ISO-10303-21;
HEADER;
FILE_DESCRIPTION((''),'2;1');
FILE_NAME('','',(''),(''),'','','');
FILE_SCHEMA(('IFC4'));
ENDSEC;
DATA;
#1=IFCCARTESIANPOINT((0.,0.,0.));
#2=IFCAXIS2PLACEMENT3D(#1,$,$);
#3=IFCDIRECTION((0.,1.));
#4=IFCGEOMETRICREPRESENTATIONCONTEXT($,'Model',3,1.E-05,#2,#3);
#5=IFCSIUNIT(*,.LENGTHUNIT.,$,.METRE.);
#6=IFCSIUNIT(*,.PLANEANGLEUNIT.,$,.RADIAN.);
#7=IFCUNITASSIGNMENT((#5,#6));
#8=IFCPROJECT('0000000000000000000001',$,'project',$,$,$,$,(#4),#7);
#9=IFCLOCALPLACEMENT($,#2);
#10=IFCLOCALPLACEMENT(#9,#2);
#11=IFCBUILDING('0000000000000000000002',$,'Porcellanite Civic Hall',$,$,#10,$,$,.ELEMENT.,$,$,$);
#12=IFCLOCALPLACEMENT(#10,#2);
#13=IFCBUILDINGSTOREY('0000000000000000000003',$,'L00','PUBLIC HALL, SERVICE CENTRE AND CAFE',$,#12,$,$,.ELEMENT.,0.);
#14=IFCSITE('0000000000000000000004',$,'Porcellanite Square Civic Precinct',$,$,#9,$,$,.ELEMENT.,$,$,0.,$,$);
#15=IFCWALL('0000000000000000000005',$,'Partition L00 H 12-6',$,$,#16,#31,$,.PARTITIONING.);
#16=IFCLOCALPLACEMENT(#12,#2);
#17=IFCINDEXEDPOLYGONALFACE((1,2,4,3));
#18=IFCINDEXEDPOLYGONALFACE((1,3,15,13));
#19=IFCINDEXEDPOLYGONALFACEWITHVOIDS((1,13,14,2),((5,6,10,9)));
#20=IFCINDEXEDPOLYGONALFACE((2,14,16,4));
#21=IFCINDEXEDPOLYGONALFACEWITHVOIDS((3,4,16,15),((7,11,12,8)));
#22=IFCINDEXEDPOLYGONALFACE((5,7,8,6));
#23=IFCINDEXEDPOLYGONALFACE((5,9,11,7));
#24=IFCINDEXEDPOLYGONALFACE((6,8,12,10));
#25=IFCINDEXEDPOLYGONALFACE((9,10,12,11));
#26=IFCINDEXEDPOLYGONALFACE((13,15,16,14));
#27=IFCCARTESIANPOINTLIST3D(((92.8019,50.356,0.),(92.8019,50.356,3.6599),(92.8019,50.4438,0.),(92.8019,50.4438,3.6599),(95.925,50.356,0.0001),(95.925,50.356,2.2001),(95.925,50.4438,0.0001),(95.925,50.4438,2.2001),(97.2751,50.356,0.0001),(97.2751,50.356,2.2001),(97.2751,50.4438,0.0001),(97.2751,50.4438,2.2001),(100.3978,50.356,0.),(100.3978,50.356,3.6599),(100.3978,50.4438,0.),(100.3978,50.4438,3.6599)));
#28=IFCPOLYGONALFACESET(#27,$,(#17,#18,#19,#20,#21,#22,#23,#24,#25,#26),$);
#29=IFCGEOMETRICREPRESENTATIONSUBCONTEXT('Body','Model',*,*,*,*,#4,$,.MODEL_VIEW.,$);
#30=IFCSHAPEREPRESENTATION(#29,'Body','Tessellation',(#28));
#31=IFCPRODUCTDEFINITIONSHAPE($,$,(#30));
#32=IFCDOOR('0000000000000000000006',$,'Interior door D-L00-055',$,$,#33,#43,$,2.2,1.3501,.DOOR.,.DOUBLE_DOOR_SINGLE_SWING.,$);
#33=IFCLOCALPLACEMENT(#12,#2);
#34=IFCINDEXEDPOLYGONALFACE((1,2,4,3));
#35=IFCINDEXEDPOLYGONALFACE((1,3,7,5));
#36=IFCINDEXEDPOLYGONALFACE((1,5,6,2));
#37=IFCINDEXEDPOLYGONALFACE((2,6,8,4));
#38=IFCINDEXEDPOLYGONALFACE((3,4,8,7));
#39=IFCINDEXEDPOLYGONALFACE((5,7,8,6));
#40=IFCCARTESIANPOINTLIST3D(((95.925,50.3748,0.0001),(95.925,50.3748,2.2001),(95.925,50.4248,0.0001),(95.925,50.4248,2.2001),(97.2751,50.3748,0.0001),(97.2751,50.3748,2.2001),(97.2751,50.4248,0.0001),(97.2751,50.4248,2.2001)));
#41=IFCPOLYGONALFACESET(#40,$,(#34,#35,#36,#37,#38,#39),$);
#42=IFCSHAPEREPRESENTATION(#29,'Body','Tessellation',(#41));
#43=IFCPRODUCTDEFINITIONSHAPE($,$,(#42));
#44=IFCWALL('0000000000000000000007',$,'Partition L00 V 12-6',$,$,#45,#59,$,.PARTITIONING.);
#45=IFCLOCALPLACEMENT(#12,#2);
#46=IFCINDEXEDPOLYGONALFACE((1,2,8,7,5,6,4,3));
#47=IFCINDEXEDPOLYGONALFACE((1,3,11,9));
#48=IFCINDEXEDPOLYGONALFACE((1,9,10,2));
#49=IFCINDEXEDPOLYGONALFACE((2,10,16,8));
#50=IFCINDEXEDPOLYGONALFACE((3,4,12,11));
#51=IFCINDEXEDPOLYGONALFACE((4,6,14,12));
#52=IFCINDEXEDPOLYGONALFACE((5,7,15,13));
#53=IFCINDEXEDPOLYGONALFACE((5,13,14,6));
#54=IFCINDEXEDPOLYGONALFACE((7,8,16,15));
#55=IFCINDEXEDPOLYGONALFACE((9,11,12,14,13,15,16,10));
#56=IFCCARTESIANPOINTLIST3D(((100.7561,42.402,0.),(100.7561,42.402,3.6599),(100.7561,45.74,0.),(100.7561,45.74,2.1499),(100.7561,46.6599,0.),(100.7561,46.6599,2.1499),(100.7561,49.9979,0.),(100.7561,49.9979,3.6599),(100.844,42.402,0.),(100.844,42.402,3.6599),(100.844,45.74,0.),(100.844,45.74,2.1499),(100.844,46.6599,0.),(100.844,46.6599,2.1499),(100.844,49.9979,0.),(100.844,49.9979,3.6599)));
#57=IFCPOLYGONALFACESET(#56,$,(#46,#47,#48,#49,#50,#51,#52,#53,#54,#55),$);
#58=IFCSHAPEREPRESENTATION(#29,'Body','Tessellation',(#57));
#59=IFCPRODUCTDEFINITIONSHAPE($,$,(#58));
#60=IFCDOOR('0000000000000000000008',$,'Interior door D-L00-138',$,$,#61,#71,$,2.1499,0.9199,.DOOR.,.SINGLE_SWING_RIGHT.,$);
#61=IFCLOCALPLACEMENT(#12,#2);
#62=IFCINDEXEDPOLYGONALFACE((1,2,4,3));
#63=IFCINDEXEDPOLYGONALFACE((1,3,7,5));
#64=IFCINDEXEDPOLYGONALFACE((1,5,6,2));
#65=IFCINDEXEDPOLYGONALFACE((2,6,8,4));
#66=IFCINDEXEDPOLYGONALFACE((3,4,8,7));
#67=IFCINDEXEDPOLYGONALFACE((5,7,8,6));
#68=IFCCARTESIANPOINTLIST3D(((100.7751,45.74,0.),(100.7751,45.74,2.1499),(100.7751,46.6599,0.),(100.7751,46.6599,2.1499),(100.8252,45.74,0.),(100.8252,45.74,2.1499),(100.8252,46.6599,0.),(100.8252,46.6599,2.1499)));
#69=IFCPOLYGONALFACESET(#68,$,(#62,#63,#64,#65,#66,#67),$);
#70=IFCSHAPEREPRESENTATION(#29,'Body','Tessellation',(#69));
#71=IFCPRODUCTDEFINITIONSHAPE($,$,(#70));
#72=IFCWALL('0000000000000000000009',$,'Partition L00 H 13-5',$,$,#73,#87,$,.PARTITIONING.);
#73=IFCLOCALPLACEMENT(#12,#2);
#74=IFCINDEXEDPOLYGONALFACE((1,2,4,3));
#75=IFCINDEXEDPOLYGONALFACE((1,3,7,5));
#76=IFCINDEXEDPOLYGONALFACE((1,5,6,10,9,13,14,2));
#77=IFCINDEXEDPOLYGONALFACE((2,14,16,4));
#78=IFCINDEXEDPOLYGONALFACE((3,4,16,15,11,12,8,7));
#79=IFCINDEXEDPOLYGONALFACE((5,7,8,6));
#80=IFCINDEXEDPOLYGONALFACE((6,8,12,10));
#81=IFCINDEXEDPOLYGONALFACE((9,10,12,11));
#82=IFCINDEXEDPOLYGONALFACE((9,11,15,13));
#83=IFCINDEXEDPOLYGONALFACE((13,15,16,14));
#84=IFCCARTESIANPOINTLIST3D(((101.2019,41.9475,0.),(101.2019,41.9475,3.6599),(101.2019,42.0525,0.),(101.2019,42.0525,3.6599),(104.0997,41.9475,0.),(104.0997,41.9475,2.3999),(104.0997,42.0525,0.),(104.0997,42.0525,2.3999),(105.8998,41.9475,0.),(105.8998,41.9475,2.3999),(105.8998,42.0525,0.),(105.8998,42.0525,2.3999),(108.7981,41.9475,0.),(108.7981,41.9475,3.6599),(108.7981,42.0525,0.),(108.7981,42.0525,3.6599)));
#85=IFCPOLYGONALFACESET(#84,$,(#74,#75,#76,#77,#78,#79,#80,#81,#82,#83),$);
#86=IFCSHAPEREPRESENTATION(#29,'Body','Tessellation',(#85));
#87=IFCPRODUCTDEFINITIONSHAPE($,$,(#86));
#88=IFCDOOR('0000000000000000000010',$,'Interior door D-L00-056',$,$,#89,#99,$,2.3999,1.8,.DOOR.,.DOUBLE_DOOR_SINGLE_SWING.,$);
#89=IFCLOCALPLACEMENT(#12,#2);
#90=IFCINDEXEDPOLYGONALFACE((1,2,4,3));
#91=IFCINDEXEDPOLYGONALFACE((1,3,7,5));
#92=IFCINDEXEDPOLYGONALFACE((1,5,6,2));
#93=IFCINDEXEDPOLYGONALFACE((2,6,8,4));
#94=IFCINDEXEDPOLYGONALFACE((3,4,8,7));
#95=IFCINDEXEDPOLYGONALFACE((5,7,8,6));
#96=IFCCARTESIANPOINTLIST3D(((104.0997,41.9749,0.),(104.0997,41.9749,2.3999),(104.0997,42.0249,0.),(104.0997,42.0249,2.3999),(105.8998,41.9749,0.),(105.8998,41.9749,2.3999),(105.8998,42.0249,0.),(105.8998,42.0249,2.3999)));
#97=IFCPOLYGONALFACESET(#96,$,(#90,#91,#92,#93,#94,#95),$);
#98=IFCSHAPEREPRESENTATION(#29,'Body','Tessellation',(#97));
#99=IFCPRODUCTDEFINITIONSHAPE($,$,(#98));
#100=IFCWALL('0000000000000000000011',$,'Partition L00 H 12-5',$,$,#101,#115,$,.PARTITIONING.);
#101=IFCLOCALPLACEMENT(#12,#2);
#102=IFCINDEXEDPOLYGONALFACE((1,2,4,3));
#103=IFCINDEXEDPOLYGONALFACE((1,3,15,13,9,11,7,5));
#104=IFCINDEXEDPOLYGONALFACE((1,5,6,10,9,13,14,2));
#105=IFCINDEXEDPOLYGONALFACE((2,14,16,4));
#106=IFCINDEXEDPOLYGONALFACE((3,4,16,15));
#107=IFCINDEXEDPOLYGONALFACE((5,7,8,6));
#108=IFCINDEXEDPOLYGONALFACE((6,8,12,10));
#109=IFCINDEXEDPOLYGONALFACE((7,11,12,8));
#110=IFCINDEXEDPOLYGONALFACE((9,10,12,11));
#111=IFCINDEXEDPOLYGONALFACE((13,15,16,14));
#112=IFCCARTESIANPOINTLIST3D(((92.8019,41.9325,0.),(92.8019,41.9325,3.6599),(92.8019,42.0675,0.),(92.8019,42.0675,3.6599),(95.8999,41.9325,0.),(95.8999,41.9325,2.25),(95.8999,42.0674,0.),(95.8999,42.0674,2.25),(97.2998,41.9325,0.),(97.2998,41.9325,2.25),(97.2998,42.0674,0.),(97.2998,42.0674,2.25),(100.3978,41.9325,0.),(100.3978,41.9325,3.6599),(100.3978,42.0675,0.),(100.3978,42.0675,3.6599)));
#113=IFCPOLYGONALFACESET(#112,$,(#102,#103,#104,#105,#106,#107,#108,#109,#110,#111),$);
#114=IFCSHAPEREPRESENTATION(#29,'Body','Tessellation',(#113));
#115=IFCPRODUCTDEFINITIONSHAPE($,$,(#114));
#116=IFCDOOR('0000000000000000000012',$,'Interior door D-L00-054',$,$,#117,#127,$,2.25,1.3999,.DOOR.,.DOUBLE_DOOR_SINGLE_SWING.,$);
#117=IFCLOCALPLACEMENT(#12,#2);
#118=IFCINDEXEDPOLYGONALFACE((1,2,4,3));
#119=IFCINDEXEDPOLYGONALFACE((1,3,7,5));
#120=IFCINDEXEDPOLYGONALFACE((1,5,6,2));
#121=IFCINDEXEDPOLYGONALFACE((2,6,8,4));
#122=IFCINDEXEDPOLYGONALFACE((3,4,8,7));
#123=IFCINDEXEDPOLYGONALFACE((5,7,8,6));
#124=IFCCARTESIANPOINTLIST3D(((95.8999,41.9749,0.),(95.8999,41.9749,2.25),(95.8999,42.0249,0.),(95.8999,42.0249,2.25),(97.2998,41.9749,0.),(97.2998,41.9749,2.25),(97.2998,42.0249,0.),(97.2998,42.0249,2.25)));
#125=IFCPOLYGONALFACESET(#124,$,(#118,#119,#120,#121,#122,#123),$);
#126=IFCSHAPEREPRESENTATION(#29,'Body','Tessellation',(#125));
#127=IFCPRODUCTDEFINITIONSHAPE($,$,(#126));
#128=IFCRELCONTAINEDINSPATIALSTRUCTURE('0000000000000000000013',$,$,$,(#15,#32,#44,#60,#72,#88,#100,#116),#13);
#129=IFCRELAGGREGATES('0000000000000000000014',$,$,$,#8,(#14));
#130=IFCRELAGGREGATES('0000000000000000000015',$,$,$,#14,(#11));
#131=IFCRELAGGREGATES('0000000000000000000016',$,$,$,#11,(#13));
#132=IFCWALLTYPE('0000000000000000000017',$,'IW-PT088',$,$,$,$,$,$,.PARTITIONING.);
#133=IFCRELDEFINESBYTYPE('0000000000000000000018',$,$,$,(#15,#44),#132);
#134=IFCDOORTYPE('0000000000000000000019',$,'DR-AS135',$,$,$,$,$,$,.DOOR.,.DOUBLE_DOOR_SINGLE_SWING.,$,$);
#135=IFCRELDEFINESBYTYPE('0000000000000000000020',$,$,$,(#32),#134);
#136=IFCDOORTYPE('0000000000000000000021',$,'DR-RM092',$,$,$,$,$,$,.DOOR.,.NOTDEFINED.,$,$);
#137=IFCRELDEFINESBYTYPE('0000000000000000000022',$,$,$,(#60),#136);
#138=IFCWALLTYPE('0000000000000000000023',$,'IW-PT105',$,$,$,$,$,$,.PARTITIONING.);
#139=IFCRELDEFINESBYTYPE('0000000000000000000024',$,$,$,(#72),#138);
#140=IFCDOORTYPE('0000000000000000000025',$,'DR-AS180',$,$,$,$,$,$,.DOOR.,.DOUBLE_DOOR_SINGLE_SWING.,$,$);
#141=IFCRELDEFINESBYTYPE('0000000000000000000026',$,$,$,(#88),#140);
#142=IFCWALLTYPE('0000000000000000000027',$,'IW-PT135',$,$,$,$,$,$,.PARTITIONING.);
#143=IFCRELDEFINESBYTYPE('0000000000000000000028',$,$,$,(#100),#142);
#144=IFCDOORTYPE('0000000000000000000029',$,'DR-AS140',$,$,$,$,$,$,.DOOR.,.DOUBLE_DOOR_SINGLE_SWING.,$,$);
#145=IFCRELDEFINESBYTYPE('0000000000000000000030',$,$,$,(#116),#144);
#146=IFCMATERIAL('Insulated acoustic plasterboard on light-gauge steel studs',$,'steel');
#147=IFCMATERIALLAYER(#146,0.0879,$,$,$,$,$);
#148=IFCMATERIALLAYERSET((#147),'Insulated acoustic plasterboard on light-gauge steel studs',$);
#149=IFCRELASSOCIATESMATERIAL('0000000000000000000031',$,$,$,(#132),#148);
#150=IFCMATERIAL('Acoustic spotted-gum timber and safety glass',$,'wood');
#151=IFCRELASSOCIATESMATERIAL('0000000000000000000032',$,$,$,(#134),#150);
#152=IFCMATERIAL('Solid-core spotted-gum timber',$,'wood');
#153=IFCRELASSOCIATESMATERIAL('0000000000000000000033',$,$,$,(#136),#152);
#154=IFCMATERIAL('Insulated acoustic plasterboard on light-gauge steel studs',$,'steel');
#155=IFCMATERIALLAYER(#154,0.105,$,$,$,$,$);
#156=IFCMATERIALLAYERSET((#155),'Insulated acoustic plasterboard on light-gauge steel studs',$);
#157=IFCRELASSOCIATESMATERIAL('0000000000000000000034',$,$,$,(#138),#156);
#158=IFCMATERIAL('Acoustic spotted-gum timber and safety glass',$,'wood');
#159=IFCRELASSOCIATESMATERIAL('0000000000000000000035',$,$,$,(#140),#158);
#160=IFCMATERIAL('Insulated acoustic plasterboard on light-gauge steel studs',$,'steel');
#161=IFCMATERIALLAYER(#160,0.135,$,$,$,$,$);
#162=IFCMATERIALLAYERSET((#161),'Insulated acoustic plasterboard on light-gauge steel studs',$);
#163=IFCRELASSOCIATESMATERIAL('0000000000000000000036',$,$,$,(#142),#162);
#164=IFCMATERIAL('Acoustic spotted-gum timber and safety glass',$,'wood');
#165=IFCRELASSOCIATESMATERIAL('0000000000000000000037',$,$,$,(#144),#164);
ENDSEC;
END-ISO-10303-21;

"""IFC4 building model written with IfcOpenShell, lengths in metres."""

from ifc_helpers import new_model, si_unit, direction, frame, frame_2d, origin, place, context, subcontext, project, spatial, rectangle, extrude, material, layer, layer_set, type_object, element, fill, save


model = new_model("IFC4")

# Units and contexts
model_context = context("Model", 3, precision=1e-05, world=origin(), true_north=direction((0.0, 1.0)))
body_context = subcontext(model_context, "Body", "Model", "MODEL_VIEW")
ifc_project = project(units=[si_unit("LENGTHUNIT", "METRE"), si_unit("PLANEANGLEUNIT", "RADIAN")], contexts=[model_context])

# Site, building, storey
site_placement = place(None, origin())
site = spatial("IfcSite", under=ifc_project, at=site_placement, Name="Porcellanite Square Civic Precinct", CompositionType="ELEMENT", RefElevation=0.0)
building_placement = place(site_placement, origin())
building = spatial("IfcBuilding", under=site, at=building_placement, Name="Porcellanite Civic Hall", CompositionType="ELEMENT")
storey_placement = place(building_placement, origin())
storey = spatial("IfcBuildingStorey", under=building, at=storey_placement, Name="L00", Description="PUBLIC HALL, SERVICE CENTRE AND CAFE", CompositionType="ELEMENT", Elevation=0.0)

# Walls, openings, doors
ifc_material_1 = material(Name="Insulated acoustic plasterboard on light-gauge steel studs", Category="steel")
ifc_layer_1 = layer(ifc_material_1, 0.0879)
ifc_layer_set_1 = layer_set([ifc_layer_1], Name="Insulated acoustic plasterboard on light-gauge steel studs")
wall_type_1 = type_object("IfcWallType", Name="IW-PT088", PredefinedType="PARTITIONING", material=ifc_layer_set_1)
wall_1_placement = place(storey_placement, frame((92.802, 50.3999, 0.0), z_axis=(0.0, 0.0, 1.0), x_axis=(1.0, 0.0, 0.0)))
wall_1 = element("IfcWall", 1, at=wall_1_placement, inside=storey, type_object=wall_type_1, Name="Partition L00 H 12-6", PredefinedType="PARTITIONING", context=body_context, shape_type="SweptSolid", body=[
    extrude(rectangle(XDim=7.5959, YDim=0.0879, at=frame_2d((3.7979, 0.0))), origin(), (0.0, 0.0, 1.0), 3.6599),
])
opening_1_placement = place(wall_1_placement, frame((3.123, 0.0, 0.0)))
opening_1 = element("IfcOpeningElement", 2, at=opening_1_placement, cuts=wall_1, PredefinedType="OPENING", context=body_context, shape_type="SweptSolid", body=[
    extrude(rectangle(XDim=1.3501, YDim=2.2, at=frame_2d((0.675, 1.1001))), frame((0.0, 0.0439, 0.0), z_axis=(0.0, -1.0, 0.0), x_axis=(1.0, 0.0, 0.0)), (0.0, 0.0, 1.0), 0.0879),
])
ifc_material_2 = material(Name="Acoustic spotted-gum timber and safety glass", Category="wood")
door_type_1 = type_object("IfcDoorType", Name="DR-AS135", OperationType="DOUBLE_DOOR_SINGLE_SWING", PredefinedType="DOOR", material=ifc_material_2)
door_1_placement = place(opening_1_placement, origin())
door_1 = element("IfcDoor", 3, at=door_1_placement, inside=storey, type_object=door_type_1, Name="Interior door D-L00-055", OperationType="DOUBLE_DOOR_SINGLE_SWING", OverallHeight=2.2, OverallWidth=1.3501, PredefinedType="DOOR", context=body_context, shape_type="SweptSolid", body=[
    extrude(rectangle(XDim=1.3501, YDim=2.2, at=frame_2d((0.675, 1.1001))), frame((0.0, 0.0249, 0.0), z_axis=(0.0, -1.0, 0.0), x_axis=(1.0, 0.0, 0.0)), (0.0, 0.0, 1.0), 0.05),
])
fill(opening_1, door_1)
wall_2_placement = place(storey_placement, frame((100.8, 42.4021, 0.0), z_axis=(0.0, 0.0, 1.0), x_axis=(0.0, 1.0, 0.0)))
wall_2 = element("IfcWall", 4, at=wall_2_placement, inside=storey, type_object=wall_type_1, Name="Partition L00 V 12-6", PredefinedType="PARTITIONING", context=body_context, shape_type="SweptSolid", body=[
    extrude(rectangle(XDim=7.5959, YDim=0.0879, at=frame_2d((3.7979, 0.0))), origin(), (0.0, 0.0, 1.0), 3.6599),
])
opening_2_placement = place(wall_2_placement, frame((3.3379, 0.0, 0.0)))
opening_2 = element("IfcOpeningElement", 5, at=opening_2_placement, cuts=wall_2, PredefinedType="OPENING", context=body_context, shape_type="SweptSolid", body=[
    extrude(rectangle(XDim=0.9199, YDim=2.1499, at=frame_2d((0.46, 1.075))), frame((0.0, 0.0439, 0.0), z_axis=(0.0, -1.0, 0.0), x_axis=(1.0, 0.0, 0.0)), (0.0, 0.0, 1.0), 0.0879),
])
ifc_material_3 = material(Name="Solid-core spotted-gum timber", Category="wood")
door_type_2 = type_object("IfcDoorType", Name="DR-RM092", OperationType="NOTDEFINED", PredefinedType="DOOR", material=ifc_material_3)
door_2_placement = place(opening_2_placement, origin())
door_2 = element("IfcDoor", 6, at=door_2_placement, inside=storey, type_object=door_type_2, Name="Interior door D-L00-138", OperationType="SINGLE_SWING_RIGHT", OverallHeight=2.1499, OverallWidth=0.9199, PredefinedType="DOOR", context=body_context, shape_type="SweptSolid", body=[
    extrude(rectangle(XDim=0.9199, YDim=2.1499, at=frame_2d((0.46, 1.075))), frame((0.0, 0.0249, 0.0), z_axis=(0.0, -1.0, 0.0), x_axis=(1.0, 0.0, 0.0)), (0.0, 0.0, 1.0), 0.05),
])
fill(opening_2, door_2)
ifc_material_4 = material(Name="Insulated acoustic plasterboard on light-gauge steel studs", Category="steel")
ifc_layer_2 = layer(ifc_material_4, 0.105)
ifc_layer_set_2 = layer_set([ifc_layer_2], Name="Insulated acoustic plasterboard on light-gauge steel studs")
wall_type_2 = type_object("IfcWallType", Name="IW-PT105", PredefinedType="PARTITIONING", material=ifc_layer_set_2)
wall_3_placement = place(storey_placement, frame((101.2019, 42.0, 0.0), z_axis=(0.0, 0.0, 1.0), x_axis=(1.0, 0.0, 0.0)))
wall_3 = element("IfcWall", 7, at=wall_3_placement, inside=storey, type_object=wall_type_2, Name="Partition L00 H 13-5", PredefinedType="PARTITIONING", context=body_context, shape_type="SweptSolid", body=[
    extrude(rectangle(XDim=7.5962, YDim=0.105, at=frame_2d((3.7981, 0.0))), origin(), (0.0, 0.0, 1.0), 3.6599),
])
opening_3_placement = place(wall_3_placement, frame((2.8979, 0.0, 0.0)))
opening_3 = element("IfcOpeningElement", 8, at=opening_3_placement, cuts=wall_3, PredefinedType="OPENING", context=body_context, shape_type="SweptSolid", body=[
    extrude(rectangle(XDim=1.8, YDim=2.3999, at=frame_2d((0.8999, 1.2))), frame((0.0, 0.0525, 0.0), z_axis=(0.0, -1.0, 0.0), x_axis=(1.0, 0.0, 0.0)), (0.0, 0.0, 1.0), 0.105),
])
ifc_material_5 = material(Name="Acoustic spotted-gum timber and safety glass", Category="wood")
door_type_3 = type_object("IfcDoorType", Name="DR-AS180", OperationType="DOUBLE_DOOR_SINGLE_SWING", PredefinedType="DOOR", material=ifc_material_5)
door_3_placement = place(opening_3_placement, origin())
door_3 = element("IfcDoor", 9, at=door_3_placement, inside=storey, type_object=door_type_3, Name="Interior door D-L00-056", OperationType="DOUBLE_DOOR_SINGLE_SWING", OverallHeight=2.3999, OverallWidth=1.8, PredefinedType="DOOR", context=body_context, shape_type="SweptSolid", body=[
    extrude(rectangle(XDim=1.8, YDim=2.3999, at=frame_2d((0.8999, 1.2))), frame((0.0, 0.0249, 0.0), z_axis=(0.0, -1.0, 0.0), x_axis=(1.0, 0.0, 0.0)), (0.0, 0.0, 1.0), 0.05),
])
fill(opening_3, door_3)
ifc_material_6 = material(Name="Insulated acoustic plasterboard on light-gauge steel studs", Category="steel")
ifc_layer_3 = layer(ifc_material_6, 0.135)
ifc_layer_set_3 = layer_set([ifc_layer_3], Name="Insulated acoustic plasterboard on light-gauge steel studs")
wall_type_3 = type_object("IfcWallType", Name="IW-PT135", PredefinedType="PARTITIONING", material=ifc_layer_set_3)
wall_4_placement = place(storey_placement, frame((92.802, 42.0, 0.0), z_axis=(0.0, 0.0, 1.0), x_axis=(1.0, 0.0, 0.0)))
wall_4 = element("IfcWall", 10, at=wall_4_placement, inside=storey, type_object=wall_type_3, Name="Partition L00 H 12-5", PredefinedType="PARTITIONING", context=body_context, shape_type="SweptSolid", body=[
    extrude(rectangle(XDim=7.5959, YDim=0.135, at=frame_2d((3.7979, 0.0))), origin(), (0.0, 0.0, 1.0), 3.6599),
])
opening_4_placement = place(wall_4_placement, frame((3.0979, 0.0, 0.0)))
opening_4 = element("IfcOpeningElement", 11, at=opening_4_placement, cuts=wall_4, PredefinedType="OPENING", context=body_context, shape_type="SweptSolid", body=[
    extrude(rectangle(XDim=1.3999, YDim=2.25, at=frame_2d((0.7, 1.125))), frame((0.0, 0.0674, 0.0), z_axis=(0.0, -1.0, 0.0), x_axis=(1.0, 0.0, 0.0)), (0.0, 0.0, 1.0), 0.135),
])
ifc_material_7 = material(Name="Acoustic spotted-gum timber and safety glass", Category="wood")
door_type_4 = type_object("IfcDoorType", Name="DR-AS140", OperationType="DOUBLE_DOOR_SINGLE_SWING", PredefinedType="DOOR", material=ifc_material_7)
door_4_placement = place(opening_4_placement, origin())
door_4 = element("IfcDoor", 12, at=door_4_placement, inside=storey, type_object=door_type_4, Name="Interior door D-L00-054", OperationType="DOUBLE_DOOR_SINGLE_SWING", OverallHeight=2.25, OverallWidth=1.3999, PredefinedType="DOOR", context=body_context, shape_type="SweptSolid", body=[
    extrude(rectangle(XDim=1.3999, YDim=2.25, at=frame_2d((0.7, 1.125))), frame((0.0, 0.0249, 0.0), z_axis=(0.0, -1.0, 0.0), x_axis=(1.0, 0.0, 0.0)), (0.0, 0.0, 1.0), 0.05),
])
fill(opening_4, door_4)

save(model, "model.ifc")
